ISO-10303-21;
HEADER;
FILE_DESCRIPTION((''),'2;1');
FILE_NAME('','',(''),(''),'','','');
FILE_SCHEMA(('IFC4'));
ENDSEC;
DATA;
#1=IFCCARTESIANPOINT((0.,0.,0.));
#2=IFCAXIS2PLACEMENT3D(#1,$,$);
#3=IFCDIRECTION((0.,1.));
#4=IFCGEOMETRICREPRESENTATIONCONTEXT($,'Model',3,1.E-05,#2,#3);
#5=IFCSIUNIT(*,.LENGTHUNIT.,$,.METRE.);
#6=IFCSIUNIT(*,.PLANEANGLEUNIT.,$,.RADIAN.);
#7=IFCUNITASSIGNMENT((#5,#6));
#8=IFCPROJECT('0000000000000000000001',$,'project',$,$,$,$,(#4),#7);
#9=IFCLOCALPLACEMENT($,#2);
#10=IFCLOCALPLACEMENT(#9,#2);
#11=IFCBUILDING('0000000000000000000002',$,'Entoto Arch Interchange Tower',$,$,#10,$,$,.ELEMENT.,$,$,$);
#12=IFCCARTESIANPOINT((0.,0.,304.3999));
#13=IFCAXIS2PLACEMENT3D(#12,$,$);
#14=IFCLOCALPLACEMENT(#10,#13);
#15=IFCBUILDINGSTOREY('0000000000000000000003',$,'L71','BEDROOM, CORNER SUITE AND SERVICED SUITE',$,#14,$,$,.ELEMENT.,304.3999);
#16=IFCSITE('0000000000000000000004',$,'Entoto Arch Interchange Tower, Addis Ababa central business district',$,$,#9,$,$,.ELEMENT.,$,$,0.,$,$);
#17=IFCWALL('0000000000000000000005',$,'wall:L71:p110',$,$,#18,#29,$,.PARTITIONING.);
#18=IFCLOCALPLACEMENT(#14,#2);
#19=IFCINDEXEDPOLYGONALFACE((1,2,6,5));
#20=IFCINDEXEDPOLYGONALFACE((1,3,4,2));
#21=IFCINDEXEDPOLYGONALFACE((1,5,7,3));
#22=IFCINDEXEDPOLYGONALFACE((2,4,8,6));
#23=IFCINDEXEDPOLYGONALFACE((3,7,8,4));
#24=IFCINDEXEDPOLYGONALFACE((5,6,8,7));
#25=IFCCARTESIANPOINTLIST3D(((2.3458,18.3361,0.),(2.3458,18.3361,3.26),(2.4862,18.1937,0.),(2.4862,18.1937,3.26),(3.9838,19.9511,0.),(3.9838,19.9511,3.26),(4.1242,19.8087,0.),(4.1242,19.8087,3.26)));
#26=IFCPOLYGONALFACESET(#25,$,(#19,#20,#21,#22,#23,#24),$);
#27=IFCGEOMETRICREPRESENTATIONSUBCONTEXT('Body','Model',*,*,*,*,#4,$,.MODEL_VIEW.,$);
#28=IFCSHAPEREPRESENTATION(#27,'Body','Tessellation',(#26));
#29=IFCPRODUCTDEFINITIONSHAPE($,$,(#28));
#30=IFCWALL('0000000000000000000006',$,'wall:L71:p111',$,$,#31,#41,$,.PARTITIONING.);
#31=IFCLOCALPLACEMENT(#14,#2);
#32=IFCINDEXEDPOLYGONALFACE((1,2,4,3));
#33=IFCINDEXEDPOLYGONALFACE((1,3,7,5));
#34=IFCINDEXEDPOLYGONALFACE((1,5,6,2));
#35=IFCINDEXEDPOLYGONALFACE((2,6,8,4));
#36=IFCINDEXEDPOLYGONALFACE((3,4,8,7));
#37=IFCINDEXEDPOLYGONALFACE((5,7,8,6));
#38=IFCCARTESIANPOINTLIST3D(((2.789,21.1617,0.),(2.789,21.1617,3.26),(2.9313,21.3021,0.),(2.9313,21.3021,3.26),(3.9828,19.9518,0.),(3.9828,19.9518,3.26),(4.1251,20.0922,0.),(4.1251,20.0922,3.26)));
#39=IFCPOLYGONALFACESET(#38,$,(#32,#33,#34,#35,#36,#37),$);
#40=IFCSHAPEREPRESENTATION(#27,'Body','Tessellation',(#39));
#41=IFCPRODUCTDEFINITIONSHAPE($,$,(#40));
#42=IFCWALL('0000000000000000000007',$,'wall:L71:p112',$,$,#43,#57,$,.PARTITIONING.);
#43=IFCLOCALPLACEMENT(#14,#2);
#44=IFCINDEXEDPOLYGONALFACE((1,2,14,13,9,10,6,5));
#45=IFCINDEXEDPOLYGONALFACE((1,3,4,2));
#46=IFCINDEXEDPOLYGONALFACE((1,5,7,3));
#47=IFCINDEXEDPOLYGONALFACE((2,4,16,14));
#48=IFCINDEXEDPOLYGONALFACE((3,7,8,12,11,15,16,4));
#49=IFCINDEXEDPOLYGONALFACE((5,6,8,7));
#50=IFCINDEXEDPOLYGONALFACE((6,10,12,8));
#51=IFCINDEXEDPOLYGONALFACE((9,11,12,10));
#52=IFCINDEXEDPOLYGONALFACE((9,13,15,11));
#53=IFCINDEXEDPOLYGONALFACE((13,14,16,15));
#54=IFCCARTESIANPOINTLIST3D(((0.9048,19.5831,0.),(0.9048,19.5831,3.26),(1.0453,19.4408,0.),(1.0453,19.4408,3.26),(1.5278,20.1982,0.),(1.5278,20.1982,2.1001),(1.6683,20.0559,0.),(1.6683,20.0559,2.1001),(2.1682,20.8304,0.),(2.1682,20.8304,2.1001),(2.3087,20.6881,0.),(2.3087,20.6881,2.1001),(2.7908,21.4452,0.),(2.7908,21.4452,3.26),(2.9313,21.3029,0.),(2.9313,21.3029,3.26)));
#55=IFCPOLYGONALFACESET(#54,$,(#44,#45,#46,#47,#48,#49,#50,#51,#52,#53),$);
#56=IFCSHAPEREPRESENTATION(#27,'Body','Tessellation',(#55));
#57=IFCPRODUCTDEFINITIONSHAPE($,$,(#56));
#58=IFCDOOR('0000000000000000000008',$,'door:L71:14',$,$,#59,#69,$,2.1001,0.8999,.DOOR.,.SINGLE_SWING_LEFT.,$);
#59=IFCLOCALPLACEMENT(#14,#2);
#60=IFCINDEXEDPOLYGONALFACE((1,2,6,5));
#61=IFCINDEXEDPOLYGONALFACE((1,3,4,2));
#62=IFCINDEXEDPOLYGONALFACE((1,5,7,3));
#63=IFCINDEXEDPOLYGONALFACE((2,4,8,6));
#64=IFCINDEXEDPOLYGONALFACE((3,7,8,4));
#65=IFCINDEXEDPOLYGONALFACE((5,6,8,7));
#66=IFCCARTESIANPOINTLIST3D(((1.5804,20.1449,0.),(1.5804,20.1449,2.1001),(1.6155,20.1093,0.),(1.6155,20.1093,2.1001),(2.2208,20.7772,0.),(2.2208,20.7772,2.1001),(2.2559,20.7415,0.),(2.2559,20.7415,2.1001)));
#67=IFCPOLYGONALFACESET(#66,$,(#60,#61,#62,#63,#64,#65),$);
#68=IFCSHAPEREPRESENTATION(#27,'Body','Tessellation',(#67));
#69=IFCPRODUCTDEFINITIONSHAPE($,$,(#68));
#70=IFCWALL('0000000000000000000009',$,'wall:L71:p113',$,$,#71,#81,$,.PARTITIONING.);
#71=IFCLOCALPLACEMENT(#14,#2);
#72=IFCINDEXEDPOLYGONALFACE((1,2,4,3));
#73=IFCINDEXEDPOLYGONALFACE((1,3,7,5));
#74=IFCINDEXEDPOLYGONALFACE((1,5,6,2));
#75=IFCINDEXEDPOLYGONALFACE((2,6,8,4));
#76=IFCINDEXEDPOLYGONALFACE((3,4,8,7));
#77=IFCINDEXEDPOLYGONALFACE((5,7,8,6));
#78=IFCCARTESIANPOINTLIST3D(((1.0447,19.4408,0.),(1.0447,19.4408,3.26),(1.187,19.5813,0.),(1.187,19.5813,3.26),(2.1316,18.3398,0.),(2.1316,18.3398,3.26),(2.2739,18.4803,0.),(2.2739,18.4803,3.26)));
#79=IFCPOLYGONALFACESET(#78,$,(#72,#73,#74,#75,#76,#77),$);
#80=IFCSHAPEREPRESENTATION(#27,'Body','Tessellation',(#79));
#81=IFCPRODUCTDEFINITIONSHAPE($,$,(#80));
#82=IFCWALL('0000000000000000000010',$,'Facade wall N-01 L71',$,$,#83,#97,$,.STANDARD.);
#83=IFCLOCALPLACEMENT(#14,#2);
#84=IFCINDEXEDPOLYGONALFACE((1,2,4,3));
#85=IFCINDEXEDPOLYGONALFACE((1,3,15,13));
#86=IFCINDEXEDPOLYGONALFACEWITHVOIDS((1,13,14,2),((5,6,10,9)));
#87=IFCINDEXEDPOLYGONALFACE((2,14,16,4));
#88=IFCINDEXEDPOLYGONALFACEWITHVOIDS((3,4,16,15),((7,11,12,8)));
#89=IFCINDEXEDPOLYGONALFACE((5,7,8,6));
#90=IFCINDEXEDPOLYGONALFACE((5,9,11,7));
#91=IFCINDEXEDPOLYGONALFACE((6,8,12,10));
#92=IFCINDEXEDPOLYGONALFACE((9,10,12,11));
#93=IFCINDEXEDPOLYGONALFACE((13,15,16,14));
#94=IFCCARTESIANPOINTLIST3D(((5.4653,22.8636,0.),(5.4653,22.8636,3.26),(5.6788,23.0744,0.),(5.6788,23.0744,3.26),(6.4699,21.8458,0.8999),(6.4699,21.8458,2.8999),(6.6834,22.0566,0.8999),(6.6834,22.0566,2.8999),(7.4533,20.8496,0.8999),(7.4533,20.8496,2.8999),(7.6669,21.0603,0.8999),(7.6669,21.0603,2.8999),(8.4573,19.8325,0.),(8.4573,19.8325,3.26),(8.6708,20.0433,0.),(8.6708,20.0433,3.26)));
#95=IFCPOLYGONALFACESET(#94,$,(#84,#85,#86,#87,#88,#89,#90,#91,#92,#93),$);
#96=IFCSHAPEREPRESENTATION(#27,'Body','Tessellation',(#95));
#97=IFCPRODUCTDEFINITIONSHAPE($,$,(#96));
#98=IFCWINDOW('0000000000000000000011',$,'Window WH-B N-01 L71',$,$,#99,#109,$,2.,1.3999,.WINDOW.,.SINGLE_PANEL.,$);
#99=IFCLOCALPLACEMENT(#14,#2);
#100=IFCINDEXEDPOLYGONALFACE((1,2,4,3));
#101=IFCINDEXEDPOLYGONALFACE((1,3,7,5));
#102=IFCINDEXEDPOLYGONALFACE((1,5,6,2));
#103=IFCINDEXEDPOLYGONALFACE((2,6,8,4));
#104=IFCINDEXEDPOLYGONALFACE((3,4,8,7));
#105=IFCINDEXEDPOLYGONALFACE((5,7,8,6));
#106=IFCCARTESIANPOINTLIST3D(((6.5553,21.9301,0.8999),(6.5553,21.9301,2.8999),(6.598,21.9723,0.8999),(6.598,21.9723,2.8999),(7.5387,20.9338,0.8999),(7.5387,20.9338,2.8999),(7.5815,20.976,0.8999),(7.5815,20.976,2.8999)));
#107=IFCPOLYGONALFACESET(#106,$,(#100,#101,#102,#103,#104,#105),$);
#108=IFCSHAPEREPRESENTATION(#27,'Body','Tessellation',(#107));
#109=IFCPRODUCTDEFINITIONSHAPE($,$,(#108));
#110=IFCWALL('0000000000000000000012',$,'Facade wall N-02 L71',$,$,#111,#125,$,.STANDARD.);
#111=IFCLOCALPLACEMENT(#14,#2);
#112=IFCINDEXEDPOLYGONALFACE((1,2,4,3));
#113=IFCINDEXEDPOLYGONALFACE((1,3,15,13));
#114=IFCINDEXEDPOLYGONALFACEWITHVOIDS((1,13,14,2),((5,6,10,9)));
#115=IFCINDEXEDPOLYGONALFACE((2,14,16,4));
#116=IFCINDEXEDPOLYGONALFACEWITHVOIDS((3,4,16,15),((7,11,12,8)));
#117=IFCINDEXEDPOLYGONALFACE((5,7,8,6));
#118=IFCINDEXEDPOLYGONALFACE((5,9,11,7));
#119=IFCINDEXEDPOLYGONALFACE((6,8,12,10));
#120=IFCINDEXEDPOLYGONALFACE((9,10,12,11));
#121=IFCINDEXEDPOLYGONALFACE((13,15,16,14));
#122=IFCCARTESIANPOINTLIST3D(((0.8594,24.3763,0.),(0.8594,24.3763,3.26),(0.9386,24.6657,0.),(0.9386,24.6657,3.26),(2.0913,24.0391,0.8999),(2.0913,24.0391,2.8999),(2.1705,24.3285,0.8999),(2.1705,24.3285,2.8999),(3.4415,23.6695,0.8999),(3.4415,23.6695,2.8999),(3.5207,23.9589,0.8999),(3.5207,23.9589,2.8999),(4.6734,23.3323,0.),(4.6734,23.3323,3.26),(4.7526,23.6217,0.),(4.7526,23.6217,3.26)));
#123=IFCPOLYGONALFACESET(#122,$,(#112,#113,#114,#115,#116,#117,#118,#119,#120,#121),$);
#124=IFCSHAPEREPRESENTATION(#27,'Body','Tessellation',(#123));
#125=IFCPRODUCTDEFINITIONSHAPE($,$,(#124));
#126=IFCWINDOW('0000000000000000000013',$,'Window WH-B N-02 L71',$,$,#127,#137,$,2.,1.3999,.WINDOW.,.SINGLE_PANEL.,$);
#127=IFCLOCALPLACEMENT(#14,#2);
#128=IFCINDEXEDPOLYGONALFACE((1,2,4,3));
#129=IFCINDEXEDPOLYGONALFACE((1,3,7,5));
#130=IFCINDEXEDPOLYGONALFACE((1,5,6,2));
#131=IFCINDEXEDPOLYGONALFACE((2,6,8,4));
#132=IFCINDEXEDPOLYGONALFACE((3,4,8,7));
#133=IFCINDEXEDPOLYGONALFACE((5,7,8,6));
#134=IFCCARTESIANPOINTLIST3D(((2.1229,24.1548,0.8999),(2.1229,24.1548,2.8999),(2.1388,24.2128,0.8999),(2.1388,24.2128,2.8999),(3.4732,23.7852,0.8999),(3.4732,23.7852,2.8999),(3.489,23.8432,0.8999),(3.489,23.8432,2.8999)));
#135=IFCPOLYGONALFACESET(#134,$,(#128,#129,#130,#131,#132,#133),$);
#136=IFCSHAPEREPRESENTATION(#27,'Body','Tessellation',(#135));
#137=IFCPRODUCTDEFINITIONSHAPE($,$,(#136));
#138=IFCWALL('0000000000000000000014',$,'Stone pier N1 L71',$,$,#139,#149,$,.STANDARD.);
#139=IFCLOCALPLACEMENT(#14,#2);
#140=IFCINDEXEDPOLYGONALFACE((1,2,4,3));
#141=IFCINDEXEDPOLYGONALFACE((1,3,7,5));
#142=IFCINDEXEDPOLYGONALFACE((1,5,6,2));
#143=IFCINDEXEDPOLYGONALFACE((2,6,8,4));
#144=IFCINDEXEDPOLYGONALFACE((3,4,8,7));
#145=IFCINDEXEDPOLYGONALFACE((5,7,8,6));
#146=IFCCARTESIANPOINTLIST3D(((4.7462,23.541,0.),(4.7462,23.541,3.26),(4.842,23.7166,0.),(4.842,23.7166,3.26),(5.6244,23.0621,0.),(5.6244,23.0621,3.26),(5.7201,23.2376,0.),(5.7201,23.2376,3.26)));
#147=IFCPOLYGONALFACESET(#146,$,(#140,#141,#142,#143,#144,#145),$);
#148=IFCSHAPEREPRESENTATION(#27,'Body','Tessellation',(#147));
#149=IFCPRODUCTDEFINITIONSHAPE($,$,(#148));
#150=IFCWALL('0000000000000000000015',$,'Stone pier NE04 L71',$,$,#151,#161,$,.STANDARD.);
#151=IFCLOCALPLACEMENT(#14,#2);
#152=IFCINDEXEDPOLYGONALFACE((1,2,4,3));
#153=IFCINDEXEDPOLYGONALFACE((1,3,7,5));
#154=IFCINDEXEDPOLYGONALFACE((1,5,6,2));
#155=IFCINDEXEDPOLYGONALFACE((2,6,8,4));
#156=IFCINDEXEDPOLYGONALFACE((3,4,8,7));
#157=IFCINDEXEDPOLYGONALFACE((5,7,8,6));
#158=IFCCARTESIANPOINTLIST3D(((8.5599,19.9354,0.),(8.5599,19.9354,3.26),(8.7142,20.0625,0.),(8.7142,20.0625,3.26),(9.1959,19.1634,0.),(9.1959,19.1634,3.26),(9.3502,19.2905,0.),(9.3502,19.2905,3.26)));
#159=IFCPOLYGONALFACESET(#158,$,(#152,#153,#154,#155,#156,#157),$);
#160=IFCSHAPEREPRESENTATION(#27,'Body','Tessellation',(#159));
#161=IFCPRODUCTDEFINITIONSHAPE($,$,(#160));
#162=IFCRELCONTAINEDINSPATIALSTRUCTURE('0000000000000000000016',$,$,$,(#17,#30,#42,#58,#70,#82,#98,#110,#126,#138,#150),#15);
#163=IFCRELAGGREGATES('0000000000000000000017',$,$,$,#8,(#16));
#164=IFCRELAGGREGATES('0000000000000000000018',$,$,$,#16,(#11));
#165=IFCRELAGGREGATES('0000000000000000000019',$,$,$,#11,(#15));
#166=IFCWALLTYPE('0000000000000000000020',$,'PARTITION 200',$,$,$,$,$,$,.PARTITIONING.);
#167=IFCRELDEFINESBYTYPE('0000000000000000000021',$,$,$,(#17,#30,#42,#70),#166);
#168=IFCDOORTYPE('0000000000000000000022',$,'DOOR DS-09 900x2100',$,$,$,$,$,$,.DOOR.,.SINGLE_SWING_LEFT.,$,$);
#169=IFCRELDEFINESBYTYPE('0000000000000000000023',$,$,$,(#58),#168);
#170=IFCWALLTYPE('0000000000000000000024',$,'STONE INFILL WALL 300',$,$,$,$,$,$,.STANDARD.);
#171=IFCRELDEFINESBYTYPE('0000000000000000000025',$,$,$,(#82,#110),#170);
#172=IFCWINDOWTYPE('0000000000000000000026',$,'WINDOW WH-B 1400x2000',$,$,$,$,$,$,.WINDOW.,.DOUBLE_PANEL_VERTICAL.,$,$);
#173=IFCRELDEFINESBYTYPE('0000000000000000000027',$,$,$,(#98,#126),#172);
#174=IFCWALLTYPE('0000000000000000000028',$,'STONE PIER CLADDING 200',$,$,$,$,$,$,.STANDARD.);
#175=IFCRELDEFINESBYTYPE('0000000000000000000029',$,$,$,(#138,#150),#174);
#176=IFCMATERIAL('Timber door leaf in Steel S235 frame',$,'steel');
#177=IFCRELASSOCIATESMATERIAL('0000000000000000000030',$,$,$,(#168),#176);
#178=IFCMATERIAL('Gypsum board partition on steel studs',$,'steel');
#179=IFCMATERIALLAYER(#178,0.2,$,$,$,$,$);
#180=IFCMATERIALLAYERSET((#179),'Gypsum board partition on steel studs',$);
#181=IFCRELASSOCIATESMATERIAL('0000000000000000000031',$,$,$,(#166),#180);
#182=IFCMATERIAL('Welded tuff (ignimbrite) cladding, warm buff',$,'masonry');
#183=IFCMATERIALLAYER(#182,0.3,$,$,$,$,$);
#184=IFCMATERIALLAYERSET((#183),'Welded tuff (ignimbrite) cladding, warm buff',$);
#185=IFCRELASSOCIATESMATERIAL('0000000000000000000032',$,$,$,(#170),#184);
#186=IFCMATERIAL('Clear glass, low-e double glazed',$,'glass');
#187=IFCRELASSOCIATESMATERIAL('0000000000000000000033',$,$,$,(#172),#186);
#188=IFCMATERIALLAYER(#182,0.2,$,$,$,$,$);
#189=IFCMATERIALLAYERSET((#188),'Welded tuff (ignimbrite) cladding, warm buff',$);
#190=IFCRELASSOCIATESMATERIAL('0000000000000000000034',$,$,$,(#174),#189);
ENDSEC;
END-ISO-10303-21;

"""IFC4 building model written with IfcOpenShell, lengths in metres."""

from ifc_helpers import new_model, si_unit, direction, frame, frame_2d, origin, place, context, subcontext, project, spatial, rectangle, extrude, material, layer, layer_set, type_object, element, fill, save


model = new_model("IFC4")

# Units and contexts
model_context = context("Model", 3, precision=1e-05, world=origin(), true_north=direction((0.0, 1.0)))
body_context = subcontext(model_context, "Body", "Model", "MODEL_VIEW")
ifc_project = project(units=[si_unit("LENGTHUNIT", "METRE"), si_unit("PLANEANGLEUNIT", "RADIAN")], contexts=[model_context])

# Site, building, storey
site_placement = place(None, origin())
site = spatial("IfcSite", under=ifc_project, at=site_placement, Name="Entoto Arch Interchange Tower, Addis Ababa central business district", CompositionType="ELEMENT", RefElevation=0.0)
building_placement = place(site_placement, origin())
building = spatial("IfcBuilding", under=site, at=building_placement, Name="Entoto Arch Interchange Tower", CompositionType="ELEMENT")
storey_placement = place(building_placement, frame((0.0, 0.0, 304.3999)))
storey = spatial("IfcBuildingStorey", under=building, at=storey_placement, Name="L71", Description="BEDROOM, CORNER SUITE AND SERVICED SUITE", CompositionType="ELEMENT", Elevation=304.3999)

# Shared definitions
ifc_material_1 = material(Name="Gypsum board partition on steel studs", Category="steel")
ifc_material_2 = material(Name="Timber door leaf in Steel S235 frame", Category="steel")
door_type_1 = type_object("IfcDoorType", Name="DOOR DS-09 900x2100", OperationType="SINGLE_SWING_LEFT", PredefinedType="DOOR", material=ifc_material_2)

# Shared definitions
ifc_layer_1 = layer(ifc_material_1, 0.2)
ifc_layer_set_1 = layer_set([ifc_layer_1], Name="Gypsum board partition on steel studs")
wall_type_1 = type_object("IfcWallType", Name="PARTITION 200", PredefinedType="PARTITIONING", material=ifc_layer_set_1)

# Walls
wall_1_placement = place(storey_placement, frame((2.416, 18.2649, 0.0), z_axis=(0.0, 0.0, 1.0), x_axis=(0.712078, 0.702101, 0.0)))
element("IfcWall", 1, at=wall_1_placement, inside=storey, type_object=wall_type_1, Name="wall:L71:p110", PredefinedType="PARTITIONING", context=body_context, shape_type="SweptSolid", body=[
    extrude(rectangle(XDim=2.3003, YDim=0.2, at=frame_2d((1.1501, 0.0))), origin(), (0.0, 0.0, 1.0), 3.26),
])
wall_2_placement = place(storey_placement, frame((4.054, 20.022, 0.0), z_axis=(0.0, 0.0, 1.0), x_axis=(-0.702351, 0.711831, 0.0)))
element("IfcWall", 2, at=wall_2_placement, inside=storey, type_object=wall_type_1, Name="wall:L71:p111", PredefinedType="PARTITIONING", context=body_context, shape_type="SweptSolid", body=[
    extrude(rectangle(XDim=1.6997, YDim=0.2, at=frame_2d((0.8499, 0.0))), origin(), (0.0, 0.0, 1.0), 3.26),
])

# Wall, opening, door
wall_3_placement = place(storey_placement, frame((2.8611, 21.374, 0.0), z_axis=(0.0, 0.0, 1.0), x_axis=(-0.711606, -0.702579, 0.0)))
wall_3 = element("IfcWall", 3, at=wall_3_placement, inside=storey, type_object=wall_type_1, Name="wall:L71:p112", PredefinedType="PARTITIONING", context=body_context, shape_type="SweptSolid", body=[
    extrude(rectangle(XDim=2.6504, YDim=0.2, at=frame_2d((1.3252, 0.0))), origin(), (0.0, 0.0, 1.0), 3.26),
])
opening_1_placement = place(wall_3_placement, frame((0.875, 0.0, 0.0)))
opening_1 = element("IfcOpeningElement", 4, at=opening_1_placement, cuts=wall_3, PredefinedType="OPENING", context=body_context, shape_type="SweptSolid", body=[
    extrude(rectangle(XDim=0.8999, YDim=2.1001, at=frame_2d((0.45, 1.05))), frame((0.0, 0.1099, 0.0), z_axis=(0.0, -1.0, 0.0), x_axis=(1.0, 0.0, 0.0)), (0.0, 0.0, 1.0), 0.22),
])
door_1_placement = place(opening_1_placement, origin())
door_1 = element("IfcDoor", 5, at=door_1_placement, inside=storey, type_object=door_type_1, Name="door:L71:14", OperationType="SINGLE_SWING_LEFT", OverallHeight=2.1001, OverallWidth=0.8999, PredefinedType="DOOR", context=body_context, shape_type="SweptSolid", body=[
    extrude(rectangle(XDim=0.8999, YDim=2.1001, at=frame_2d((0.45, 1.05))), frame((0.0, 0.0249, 0.0), z_axis=(0.0, -1.0, 0.0), x_axis=(1.0, 0.0, 0.0)), (0.0, 0.0, 1.0), 0.05),
])
fill(opening_1, door_1)

# Wall
wall_4_placement = place(storey_placement, frame((1.116, 19.511, 0.0), z_axis=(0.0, 0.0, 1.0), x_axis=(0.702516, -0.711668, 0.0)))
element("IfcWall", 6, at=wall_4_placement, inside=storey, type_object=wall_type_1, Name="wall:L71:p113", PredefinedType="PARTITIONING", context=body_context, shape_type="SweptSolid", body=[
    extrude(rectangle(XDim=1.5471, YDim=0.2, at=frame_2d((0.7734, 0.0))), origin(), (0.0, 0.0, 1.0), 3.26),
])

# Walls, openings, windows
ifc_material_3 = material(Name="Welded tuff (ignimbrite) cladding, warm buff", Category="masonry")
ifc_layer_2 = layer(ifc_material_3, 0.3)
ifc_layer_set_2 = layer_set([ifc_layer_2], Name="Welded tuff (ignimbrite) cladding, warm buff")
wall_type_2 = type_object("IfcWallType", Name="STONE INFILL WALL 300", PredefinedType="STANDARD", material=ifc_layer_set_2)
wall_5_placement = place(storey_placement, frame((8.564, 19.938, 0.0), z_axis=(0.0, 0.0, 1.0), x_axis=(-0.702506, 0.711678, 0.0)))
wall_5 = element("IfcWall", 7, at=wall_5_placement, inside=storey, type_object=wall_type_2, Name="Facade wall N-01 L71", PredefinedType="STANDARD", context=body_context, shape_type="SweptSolid", body=[
    extrude(rectangle(XDim=4.259, YDim=0.3, at=frame_2d((2.1294, 0.0))), origin(), (0.0, 0.0, 1.0), 3.26),
])
opening_2_placement = place(wall_5_placement, frame((1.429, 0.0, 0.8999)))
opening_2 = element("IfcOpeningElement", 8, at=opening_2_placement, cuts=wall_5, PredefinedType="OPENING", context=body_context, shape_type="SweptSolid", body=[
    extrude(rectangle(XDim=1.3999, YDim=2.0, at=frame_2d((0.7, 1.0))), frame((0.0, 0.1602, 0.0), z_axis=(0.0, -1.0, 0.0), x_axis=(1.0, 0.0, 0.0)), (0.0, 0.0, 1.0), 0.3201),
])
ifc_material_4 = material(Name="Clear glass, low-e double glazed", Category="glass")
window_type = type_object("IfcWindowType", Name="WINDOW WH-B 1400x2000", PartitioningType="DOUBLE_PANEL_VERTICAL", PredefinedType="WINDOW", material=ifc_material_4)
window_1_placement = place(opening_2_placement, origin())
window_1 = element("IfcWindow", 9, at=window_1_placement, inside=storey, type_object=window_type, Name="Window WH-B N-01 L71", OverallHeight=2.0, OverallWidth=1.3999, PartitioningType="SINGLE_PANEL", PredefinedType="WINDOW", context=body_context, shape_type="SweptSolid", body=[
    extrude(rectangle(XDim=1.3999, YDim=2.0, at=frame_2d((0.7, 1.0))), frame((0.0, 0.03, 0.0), z_axis=(0.0, -1.0, 0.0), x_axis=(1.0, 0.0, 0.0)), (0.0, 0.0, 1.0), 0.0601),
])
fill(opening_2, window_1)
wall_6_placement = place(storey_placement, frame((4.7129, 23.4771, 0.0), z_axis=(0.0, 0.0, 1.0), x_axis=(-0.964521, 0.264005, 0.0)))
wall_6 = element("IfcWall", 10, at=wall_6_placement, inside=storey, type_object=wall_type_2, Name="Facade wall N-02 L71", PredefinedType="STANDARD", context=body_context, shape_type="SweptSolid", body=[
    extrude(rectangle(XDim=3.9543, YDim=0.3, at=frame_2d((1.9771, 0.0))), origin(), (0.0, 0.0, 1.0), 3.26),
])
opening_3_placement = place(wall_6_placement, frame((1.2771, 0.0, 0.8999)))
opening_3 = element("IfcOpeningElement", 11, at=opening_3_placement, cuts=wall_6, PredefinedType="OPENING", context=body_context, shape_type="SweptSolid", body=[
    extrude(rectangle(XDim=1.3999, YDim=2.0, at=frame_2d((0.7, 1.0))), frame((0.0, 0.1602, 0.0), z_axis=(0.0, -1.0, 0.0), x_axis=(1.0, 0.0, 0.0)), (0.0, 0.0, 1.0), 0.3201),
])
window_2_placement = place(opening_3_placement, origin())
window_2 = element("IfcWindow", 12, at=window_2_placement, inside=storey, type_object=window_type, Name="Window WH-B N-02 L71", OverallHeight=2.0, OverallWidth=1.3999, PartitioningType="SINGLE_PANEL", PredefinedType="WINDOW", context=body_context, shape_type="SweptSolid", body=[
    extrude(rectangle(XDim=1.3999, YDim=2.0, at=frame_2d((0.7, 1.0))), frame((0.0, 0.03, 0.0), z_axis=(0.0, -1.0, 0.0), x_axis=(1.0, 0.0, 0.0)), (0.0, 0.0, 1.0), 0.0601),
])
fill(opening_3, window_2)

# Walls
ifc_layer_3 = layer(ifc_material_3, 0.2)
ifc_layer_set_3 = layer_set([ifc_layer_3], Name="Welded tuff (ignimbrite) cladding, warm buff")
wall_type_3 = type_object("IfcWallType", Name="STONE PIER CLADDING 200", PredefinedType="STANDARD", material=ifc_layer_set_3)
for number, where, z_axis, x_axis, name in (
    (13, (5.6721, 23.1499, 0.0), (0.0, 0.0, 1.0), (-0.877896, 0.478852, 0.0), "Stone pier N1 L71"),
    (14, (9.2729, 19.2271, 0.0), (0.0, 0.0, 1.0), (-0.635853, 0.77181, 0.0), "Stone pier NE04 L71"),
):
    element("IfcWall", number, at=place(storey_placement, frame(where, z_axis=z_axis, x_axis=x_axis)), inside=storey, type_object=wall_type_3, Name=name, PredefinedType="STANDARD", context=body_context, shape_type="SweptSolid", body=[
        extrude(rectangle(XDim=1.0002, YDim=0.2, at=frame_2d((0.5, 0.0))), origin(), (0.0, 0.0, 1.0), 3.26),
    ])

save(model, "model.ifc")
